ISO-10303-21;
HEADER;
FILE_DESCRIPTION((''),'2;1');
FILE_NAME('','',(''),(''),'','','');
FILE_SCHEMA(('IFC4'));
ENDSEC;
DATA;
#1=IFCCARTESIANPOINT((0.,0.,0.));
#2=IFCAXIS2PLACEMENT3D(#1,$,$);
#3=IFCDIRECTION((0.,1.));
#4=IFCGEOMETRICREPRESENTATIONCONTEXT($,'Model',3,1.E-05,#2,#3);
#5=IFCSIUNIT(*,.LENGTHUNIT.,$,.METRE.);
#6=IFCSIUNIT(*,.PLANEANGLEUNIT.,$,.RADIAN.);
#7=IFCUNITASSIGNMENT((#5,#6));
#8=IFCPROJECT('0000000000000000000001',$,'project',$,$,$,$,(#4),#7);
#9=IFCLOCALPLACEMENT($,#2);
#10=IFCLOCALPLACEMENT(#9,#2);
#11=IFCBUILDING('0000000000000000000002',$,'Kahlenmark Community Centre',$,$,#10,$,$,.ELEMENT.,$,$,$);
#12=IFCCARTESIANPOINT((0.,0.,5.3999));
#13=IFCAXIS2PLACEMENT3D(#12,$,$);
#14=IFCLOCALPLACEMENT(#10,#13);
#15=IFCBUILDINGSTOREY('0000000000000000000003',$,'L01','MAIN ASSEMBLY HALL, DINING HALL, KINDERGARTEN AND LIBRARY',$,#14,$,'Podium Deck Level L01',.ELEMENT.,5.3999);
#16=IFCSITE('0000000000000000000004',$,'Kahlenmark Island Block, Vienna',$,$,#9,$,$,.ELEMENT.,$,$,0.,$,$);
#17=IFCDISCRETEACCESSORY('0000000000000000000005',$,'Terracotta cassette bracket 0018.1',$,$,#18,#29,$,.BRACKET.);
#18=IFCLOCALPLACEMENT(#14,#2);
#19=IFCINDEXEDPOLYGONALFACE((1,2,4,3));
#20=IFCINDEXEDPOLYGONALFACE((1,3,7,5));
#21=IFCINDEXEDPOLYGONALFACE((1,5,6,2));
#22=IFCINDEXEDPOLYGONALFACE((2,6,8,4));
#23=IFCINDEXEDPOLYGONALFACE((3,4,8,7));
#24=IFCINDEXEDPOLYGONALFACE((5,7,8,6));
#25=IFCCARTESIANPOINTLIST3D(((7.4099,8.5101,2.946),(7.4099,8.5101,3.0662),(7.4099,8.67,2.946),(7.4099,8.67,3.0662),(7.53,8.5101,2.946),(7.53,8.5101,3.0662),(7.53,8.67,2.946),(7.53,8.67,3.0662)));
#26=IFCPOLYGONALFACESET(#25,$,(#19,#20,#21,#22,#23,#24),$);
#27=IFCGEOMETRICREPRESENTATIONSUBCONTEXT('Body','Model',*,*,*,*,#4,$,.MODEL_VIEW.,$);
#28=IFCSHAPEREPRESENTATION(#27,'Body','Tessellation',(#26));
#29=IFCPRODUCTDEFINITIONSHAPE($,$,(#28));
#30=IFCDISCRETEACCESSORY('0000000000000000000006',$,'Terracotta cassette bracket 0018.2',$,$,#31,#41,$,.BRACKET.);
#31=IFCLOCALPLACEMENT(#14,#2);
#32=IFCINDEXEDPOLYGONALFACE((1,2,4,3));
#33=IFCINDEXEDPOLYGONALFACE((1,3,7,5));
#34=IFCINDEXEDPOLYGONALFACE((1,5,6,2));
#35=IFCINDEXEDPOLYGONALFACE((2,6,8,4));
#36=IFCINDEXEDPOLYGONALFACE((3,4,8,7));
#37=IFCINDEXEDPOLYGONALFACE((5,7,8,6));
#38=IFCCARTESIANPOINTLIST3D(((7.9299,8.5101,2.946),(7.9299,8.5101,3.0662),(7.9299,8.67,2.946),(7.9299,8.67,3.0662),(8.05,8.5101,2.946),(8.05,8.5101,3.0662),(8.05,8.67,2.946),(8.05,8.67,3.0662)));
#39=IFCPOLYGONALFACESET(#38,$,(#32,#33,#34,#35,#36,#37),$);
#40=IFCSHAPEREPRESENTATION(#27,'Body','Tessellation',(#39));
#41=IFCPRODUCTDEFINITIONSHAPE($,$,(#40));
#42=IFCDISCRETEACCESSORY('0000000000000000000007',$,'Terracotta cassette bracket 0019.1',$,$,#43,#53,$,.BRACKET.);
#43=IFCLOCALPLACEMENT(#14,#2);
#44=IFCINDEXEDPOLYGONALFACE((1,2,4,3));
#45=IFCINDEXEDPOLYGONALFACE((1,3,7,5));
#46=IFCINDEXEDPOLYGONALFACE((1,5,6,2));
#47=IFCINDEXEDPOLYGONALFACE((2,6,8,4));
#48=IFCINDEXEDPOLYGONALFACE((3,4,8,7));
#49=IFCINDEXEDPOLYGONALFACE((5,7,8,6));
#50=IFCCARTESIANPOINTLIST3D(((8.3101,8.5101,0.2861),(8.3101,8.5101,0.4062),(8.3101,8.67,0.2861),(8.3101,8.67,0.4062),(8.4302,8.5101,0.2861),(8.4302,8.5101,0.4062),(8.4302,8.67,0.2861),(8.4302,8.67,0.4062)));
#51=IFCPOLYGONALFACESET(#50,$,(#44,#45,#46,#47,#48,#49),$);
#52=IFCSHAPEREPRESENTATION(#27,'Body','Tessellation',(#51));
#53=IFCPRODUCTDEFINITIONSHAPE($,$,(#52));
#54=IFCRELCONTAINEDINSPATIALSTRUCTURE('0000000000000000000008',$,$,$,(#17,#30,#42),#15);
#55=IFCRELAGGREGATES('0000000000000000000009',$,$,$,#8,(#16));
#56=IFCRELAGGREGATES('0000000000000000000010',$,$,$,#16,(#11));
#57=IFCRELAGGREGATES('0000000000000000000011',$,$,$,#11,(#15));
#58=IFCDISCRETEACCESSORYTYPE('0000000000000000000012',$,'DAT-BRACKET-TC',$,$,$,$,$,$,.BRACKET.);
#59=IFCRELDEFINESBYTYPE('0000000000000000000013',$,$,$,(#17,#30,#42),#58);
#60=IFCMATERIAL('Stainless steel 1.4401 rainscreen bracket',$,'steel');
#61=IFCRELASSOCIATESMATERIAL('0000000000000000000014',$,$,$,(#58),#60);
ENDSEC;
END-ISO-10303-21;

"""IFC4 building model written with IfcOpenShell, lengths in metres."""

from ifc_helpers import new_model, si_unit, direction, frame, origin, origin_2d, place, context, subcontext, project, spatial, rectangle, extrude, material, type_object, element, save


model = new_model("IFC4")

# Units and contexts
model_context = context("Model", 3, precision=1e-05, world=origin(), true_north=direction((0.0, 1.0)))
body_context = subcontext(model_context, "Body", "Model", "MODEL_VIEW")
ifc_project = project(units=[si_unit("LENGTHUNIT", "METRE"), si_unit("PLANEANGLEUNIT", "RADIAN")], contexts=[model_context])

# Site, building, storey
site_placement = place(None, origin())
site = spatial("IfcSite", under=ifc_project, at=site_placement, Name="Kahlenmark Island Block, Vienna", CompositionType="ELEMENT", RefElevation=0.0)
building_placement = place(site_placement, origin())
building = spatial("IfcBuilding", under=site, at=building_placement, Name="Kahlenmark Community Centre", CompositionType="ELEMENT")
storey_placement = place(building_placement, frame((0.0, 0.0, 5.3999)))
storey = spatial("IfcBuildingStorey", under=building, at=storey_placement, Name="L01", Description="MAIN ASSEMBLY HALL, DINING HALL, KINDERGARTEN AND LIBRARY", LongName="Podium Deck Level L01", CompositionType="ELEMENT", Elevation=5.3999)

# Discrete accessories
ifc_material_1 = material(Name="Stainless steel 1.4401 rainscreen bracket", Category="steel")
discrete_accessory_type = type_object("IfcDiscreteAccessoryType", Name="DAT-BRACKET-TC", PredefinedType="BRACKET", material=ifc_material_1)
for number, where, z_axis, x_axis, name in (
    (1, (7.47, 8.5901, 2.946), (0.0, 0.0, 1.0), (1.0, 0.0, 0.0), "Terracotta cassette bracket 0018.1"),
    (2, (7.99, 8.5901, 2.946), (0.0, 0.0, 1.0), (1.0, 0.0, 0.0), "Terracotta cassette bracket 0018.2"),
    (3, (8.3701, 8.5901, 0.2861), (0.0, 0.0, 1.0), (1.0, 0.0, 0.0), "Terracotta cassette bracket 0019.1"),
):
    element("IfcDiscreteAccessory", number, at=place(storey_placement, frame(where, z_axis=z_axis, x_axis=x_axis)), inside=storey, type_object=discrete_accessory_type, Name=name, PredefinedType="BRACKET", context=body_context, shape_type="SweptSolid", body=[
        extrude(rectangle(XDim=0.1201, YDim=0.1599, at=origin_2d()), origin(), (0.0, 0.0, 1.0), 0.1201),
    ])

save(model, "model.ifc")
